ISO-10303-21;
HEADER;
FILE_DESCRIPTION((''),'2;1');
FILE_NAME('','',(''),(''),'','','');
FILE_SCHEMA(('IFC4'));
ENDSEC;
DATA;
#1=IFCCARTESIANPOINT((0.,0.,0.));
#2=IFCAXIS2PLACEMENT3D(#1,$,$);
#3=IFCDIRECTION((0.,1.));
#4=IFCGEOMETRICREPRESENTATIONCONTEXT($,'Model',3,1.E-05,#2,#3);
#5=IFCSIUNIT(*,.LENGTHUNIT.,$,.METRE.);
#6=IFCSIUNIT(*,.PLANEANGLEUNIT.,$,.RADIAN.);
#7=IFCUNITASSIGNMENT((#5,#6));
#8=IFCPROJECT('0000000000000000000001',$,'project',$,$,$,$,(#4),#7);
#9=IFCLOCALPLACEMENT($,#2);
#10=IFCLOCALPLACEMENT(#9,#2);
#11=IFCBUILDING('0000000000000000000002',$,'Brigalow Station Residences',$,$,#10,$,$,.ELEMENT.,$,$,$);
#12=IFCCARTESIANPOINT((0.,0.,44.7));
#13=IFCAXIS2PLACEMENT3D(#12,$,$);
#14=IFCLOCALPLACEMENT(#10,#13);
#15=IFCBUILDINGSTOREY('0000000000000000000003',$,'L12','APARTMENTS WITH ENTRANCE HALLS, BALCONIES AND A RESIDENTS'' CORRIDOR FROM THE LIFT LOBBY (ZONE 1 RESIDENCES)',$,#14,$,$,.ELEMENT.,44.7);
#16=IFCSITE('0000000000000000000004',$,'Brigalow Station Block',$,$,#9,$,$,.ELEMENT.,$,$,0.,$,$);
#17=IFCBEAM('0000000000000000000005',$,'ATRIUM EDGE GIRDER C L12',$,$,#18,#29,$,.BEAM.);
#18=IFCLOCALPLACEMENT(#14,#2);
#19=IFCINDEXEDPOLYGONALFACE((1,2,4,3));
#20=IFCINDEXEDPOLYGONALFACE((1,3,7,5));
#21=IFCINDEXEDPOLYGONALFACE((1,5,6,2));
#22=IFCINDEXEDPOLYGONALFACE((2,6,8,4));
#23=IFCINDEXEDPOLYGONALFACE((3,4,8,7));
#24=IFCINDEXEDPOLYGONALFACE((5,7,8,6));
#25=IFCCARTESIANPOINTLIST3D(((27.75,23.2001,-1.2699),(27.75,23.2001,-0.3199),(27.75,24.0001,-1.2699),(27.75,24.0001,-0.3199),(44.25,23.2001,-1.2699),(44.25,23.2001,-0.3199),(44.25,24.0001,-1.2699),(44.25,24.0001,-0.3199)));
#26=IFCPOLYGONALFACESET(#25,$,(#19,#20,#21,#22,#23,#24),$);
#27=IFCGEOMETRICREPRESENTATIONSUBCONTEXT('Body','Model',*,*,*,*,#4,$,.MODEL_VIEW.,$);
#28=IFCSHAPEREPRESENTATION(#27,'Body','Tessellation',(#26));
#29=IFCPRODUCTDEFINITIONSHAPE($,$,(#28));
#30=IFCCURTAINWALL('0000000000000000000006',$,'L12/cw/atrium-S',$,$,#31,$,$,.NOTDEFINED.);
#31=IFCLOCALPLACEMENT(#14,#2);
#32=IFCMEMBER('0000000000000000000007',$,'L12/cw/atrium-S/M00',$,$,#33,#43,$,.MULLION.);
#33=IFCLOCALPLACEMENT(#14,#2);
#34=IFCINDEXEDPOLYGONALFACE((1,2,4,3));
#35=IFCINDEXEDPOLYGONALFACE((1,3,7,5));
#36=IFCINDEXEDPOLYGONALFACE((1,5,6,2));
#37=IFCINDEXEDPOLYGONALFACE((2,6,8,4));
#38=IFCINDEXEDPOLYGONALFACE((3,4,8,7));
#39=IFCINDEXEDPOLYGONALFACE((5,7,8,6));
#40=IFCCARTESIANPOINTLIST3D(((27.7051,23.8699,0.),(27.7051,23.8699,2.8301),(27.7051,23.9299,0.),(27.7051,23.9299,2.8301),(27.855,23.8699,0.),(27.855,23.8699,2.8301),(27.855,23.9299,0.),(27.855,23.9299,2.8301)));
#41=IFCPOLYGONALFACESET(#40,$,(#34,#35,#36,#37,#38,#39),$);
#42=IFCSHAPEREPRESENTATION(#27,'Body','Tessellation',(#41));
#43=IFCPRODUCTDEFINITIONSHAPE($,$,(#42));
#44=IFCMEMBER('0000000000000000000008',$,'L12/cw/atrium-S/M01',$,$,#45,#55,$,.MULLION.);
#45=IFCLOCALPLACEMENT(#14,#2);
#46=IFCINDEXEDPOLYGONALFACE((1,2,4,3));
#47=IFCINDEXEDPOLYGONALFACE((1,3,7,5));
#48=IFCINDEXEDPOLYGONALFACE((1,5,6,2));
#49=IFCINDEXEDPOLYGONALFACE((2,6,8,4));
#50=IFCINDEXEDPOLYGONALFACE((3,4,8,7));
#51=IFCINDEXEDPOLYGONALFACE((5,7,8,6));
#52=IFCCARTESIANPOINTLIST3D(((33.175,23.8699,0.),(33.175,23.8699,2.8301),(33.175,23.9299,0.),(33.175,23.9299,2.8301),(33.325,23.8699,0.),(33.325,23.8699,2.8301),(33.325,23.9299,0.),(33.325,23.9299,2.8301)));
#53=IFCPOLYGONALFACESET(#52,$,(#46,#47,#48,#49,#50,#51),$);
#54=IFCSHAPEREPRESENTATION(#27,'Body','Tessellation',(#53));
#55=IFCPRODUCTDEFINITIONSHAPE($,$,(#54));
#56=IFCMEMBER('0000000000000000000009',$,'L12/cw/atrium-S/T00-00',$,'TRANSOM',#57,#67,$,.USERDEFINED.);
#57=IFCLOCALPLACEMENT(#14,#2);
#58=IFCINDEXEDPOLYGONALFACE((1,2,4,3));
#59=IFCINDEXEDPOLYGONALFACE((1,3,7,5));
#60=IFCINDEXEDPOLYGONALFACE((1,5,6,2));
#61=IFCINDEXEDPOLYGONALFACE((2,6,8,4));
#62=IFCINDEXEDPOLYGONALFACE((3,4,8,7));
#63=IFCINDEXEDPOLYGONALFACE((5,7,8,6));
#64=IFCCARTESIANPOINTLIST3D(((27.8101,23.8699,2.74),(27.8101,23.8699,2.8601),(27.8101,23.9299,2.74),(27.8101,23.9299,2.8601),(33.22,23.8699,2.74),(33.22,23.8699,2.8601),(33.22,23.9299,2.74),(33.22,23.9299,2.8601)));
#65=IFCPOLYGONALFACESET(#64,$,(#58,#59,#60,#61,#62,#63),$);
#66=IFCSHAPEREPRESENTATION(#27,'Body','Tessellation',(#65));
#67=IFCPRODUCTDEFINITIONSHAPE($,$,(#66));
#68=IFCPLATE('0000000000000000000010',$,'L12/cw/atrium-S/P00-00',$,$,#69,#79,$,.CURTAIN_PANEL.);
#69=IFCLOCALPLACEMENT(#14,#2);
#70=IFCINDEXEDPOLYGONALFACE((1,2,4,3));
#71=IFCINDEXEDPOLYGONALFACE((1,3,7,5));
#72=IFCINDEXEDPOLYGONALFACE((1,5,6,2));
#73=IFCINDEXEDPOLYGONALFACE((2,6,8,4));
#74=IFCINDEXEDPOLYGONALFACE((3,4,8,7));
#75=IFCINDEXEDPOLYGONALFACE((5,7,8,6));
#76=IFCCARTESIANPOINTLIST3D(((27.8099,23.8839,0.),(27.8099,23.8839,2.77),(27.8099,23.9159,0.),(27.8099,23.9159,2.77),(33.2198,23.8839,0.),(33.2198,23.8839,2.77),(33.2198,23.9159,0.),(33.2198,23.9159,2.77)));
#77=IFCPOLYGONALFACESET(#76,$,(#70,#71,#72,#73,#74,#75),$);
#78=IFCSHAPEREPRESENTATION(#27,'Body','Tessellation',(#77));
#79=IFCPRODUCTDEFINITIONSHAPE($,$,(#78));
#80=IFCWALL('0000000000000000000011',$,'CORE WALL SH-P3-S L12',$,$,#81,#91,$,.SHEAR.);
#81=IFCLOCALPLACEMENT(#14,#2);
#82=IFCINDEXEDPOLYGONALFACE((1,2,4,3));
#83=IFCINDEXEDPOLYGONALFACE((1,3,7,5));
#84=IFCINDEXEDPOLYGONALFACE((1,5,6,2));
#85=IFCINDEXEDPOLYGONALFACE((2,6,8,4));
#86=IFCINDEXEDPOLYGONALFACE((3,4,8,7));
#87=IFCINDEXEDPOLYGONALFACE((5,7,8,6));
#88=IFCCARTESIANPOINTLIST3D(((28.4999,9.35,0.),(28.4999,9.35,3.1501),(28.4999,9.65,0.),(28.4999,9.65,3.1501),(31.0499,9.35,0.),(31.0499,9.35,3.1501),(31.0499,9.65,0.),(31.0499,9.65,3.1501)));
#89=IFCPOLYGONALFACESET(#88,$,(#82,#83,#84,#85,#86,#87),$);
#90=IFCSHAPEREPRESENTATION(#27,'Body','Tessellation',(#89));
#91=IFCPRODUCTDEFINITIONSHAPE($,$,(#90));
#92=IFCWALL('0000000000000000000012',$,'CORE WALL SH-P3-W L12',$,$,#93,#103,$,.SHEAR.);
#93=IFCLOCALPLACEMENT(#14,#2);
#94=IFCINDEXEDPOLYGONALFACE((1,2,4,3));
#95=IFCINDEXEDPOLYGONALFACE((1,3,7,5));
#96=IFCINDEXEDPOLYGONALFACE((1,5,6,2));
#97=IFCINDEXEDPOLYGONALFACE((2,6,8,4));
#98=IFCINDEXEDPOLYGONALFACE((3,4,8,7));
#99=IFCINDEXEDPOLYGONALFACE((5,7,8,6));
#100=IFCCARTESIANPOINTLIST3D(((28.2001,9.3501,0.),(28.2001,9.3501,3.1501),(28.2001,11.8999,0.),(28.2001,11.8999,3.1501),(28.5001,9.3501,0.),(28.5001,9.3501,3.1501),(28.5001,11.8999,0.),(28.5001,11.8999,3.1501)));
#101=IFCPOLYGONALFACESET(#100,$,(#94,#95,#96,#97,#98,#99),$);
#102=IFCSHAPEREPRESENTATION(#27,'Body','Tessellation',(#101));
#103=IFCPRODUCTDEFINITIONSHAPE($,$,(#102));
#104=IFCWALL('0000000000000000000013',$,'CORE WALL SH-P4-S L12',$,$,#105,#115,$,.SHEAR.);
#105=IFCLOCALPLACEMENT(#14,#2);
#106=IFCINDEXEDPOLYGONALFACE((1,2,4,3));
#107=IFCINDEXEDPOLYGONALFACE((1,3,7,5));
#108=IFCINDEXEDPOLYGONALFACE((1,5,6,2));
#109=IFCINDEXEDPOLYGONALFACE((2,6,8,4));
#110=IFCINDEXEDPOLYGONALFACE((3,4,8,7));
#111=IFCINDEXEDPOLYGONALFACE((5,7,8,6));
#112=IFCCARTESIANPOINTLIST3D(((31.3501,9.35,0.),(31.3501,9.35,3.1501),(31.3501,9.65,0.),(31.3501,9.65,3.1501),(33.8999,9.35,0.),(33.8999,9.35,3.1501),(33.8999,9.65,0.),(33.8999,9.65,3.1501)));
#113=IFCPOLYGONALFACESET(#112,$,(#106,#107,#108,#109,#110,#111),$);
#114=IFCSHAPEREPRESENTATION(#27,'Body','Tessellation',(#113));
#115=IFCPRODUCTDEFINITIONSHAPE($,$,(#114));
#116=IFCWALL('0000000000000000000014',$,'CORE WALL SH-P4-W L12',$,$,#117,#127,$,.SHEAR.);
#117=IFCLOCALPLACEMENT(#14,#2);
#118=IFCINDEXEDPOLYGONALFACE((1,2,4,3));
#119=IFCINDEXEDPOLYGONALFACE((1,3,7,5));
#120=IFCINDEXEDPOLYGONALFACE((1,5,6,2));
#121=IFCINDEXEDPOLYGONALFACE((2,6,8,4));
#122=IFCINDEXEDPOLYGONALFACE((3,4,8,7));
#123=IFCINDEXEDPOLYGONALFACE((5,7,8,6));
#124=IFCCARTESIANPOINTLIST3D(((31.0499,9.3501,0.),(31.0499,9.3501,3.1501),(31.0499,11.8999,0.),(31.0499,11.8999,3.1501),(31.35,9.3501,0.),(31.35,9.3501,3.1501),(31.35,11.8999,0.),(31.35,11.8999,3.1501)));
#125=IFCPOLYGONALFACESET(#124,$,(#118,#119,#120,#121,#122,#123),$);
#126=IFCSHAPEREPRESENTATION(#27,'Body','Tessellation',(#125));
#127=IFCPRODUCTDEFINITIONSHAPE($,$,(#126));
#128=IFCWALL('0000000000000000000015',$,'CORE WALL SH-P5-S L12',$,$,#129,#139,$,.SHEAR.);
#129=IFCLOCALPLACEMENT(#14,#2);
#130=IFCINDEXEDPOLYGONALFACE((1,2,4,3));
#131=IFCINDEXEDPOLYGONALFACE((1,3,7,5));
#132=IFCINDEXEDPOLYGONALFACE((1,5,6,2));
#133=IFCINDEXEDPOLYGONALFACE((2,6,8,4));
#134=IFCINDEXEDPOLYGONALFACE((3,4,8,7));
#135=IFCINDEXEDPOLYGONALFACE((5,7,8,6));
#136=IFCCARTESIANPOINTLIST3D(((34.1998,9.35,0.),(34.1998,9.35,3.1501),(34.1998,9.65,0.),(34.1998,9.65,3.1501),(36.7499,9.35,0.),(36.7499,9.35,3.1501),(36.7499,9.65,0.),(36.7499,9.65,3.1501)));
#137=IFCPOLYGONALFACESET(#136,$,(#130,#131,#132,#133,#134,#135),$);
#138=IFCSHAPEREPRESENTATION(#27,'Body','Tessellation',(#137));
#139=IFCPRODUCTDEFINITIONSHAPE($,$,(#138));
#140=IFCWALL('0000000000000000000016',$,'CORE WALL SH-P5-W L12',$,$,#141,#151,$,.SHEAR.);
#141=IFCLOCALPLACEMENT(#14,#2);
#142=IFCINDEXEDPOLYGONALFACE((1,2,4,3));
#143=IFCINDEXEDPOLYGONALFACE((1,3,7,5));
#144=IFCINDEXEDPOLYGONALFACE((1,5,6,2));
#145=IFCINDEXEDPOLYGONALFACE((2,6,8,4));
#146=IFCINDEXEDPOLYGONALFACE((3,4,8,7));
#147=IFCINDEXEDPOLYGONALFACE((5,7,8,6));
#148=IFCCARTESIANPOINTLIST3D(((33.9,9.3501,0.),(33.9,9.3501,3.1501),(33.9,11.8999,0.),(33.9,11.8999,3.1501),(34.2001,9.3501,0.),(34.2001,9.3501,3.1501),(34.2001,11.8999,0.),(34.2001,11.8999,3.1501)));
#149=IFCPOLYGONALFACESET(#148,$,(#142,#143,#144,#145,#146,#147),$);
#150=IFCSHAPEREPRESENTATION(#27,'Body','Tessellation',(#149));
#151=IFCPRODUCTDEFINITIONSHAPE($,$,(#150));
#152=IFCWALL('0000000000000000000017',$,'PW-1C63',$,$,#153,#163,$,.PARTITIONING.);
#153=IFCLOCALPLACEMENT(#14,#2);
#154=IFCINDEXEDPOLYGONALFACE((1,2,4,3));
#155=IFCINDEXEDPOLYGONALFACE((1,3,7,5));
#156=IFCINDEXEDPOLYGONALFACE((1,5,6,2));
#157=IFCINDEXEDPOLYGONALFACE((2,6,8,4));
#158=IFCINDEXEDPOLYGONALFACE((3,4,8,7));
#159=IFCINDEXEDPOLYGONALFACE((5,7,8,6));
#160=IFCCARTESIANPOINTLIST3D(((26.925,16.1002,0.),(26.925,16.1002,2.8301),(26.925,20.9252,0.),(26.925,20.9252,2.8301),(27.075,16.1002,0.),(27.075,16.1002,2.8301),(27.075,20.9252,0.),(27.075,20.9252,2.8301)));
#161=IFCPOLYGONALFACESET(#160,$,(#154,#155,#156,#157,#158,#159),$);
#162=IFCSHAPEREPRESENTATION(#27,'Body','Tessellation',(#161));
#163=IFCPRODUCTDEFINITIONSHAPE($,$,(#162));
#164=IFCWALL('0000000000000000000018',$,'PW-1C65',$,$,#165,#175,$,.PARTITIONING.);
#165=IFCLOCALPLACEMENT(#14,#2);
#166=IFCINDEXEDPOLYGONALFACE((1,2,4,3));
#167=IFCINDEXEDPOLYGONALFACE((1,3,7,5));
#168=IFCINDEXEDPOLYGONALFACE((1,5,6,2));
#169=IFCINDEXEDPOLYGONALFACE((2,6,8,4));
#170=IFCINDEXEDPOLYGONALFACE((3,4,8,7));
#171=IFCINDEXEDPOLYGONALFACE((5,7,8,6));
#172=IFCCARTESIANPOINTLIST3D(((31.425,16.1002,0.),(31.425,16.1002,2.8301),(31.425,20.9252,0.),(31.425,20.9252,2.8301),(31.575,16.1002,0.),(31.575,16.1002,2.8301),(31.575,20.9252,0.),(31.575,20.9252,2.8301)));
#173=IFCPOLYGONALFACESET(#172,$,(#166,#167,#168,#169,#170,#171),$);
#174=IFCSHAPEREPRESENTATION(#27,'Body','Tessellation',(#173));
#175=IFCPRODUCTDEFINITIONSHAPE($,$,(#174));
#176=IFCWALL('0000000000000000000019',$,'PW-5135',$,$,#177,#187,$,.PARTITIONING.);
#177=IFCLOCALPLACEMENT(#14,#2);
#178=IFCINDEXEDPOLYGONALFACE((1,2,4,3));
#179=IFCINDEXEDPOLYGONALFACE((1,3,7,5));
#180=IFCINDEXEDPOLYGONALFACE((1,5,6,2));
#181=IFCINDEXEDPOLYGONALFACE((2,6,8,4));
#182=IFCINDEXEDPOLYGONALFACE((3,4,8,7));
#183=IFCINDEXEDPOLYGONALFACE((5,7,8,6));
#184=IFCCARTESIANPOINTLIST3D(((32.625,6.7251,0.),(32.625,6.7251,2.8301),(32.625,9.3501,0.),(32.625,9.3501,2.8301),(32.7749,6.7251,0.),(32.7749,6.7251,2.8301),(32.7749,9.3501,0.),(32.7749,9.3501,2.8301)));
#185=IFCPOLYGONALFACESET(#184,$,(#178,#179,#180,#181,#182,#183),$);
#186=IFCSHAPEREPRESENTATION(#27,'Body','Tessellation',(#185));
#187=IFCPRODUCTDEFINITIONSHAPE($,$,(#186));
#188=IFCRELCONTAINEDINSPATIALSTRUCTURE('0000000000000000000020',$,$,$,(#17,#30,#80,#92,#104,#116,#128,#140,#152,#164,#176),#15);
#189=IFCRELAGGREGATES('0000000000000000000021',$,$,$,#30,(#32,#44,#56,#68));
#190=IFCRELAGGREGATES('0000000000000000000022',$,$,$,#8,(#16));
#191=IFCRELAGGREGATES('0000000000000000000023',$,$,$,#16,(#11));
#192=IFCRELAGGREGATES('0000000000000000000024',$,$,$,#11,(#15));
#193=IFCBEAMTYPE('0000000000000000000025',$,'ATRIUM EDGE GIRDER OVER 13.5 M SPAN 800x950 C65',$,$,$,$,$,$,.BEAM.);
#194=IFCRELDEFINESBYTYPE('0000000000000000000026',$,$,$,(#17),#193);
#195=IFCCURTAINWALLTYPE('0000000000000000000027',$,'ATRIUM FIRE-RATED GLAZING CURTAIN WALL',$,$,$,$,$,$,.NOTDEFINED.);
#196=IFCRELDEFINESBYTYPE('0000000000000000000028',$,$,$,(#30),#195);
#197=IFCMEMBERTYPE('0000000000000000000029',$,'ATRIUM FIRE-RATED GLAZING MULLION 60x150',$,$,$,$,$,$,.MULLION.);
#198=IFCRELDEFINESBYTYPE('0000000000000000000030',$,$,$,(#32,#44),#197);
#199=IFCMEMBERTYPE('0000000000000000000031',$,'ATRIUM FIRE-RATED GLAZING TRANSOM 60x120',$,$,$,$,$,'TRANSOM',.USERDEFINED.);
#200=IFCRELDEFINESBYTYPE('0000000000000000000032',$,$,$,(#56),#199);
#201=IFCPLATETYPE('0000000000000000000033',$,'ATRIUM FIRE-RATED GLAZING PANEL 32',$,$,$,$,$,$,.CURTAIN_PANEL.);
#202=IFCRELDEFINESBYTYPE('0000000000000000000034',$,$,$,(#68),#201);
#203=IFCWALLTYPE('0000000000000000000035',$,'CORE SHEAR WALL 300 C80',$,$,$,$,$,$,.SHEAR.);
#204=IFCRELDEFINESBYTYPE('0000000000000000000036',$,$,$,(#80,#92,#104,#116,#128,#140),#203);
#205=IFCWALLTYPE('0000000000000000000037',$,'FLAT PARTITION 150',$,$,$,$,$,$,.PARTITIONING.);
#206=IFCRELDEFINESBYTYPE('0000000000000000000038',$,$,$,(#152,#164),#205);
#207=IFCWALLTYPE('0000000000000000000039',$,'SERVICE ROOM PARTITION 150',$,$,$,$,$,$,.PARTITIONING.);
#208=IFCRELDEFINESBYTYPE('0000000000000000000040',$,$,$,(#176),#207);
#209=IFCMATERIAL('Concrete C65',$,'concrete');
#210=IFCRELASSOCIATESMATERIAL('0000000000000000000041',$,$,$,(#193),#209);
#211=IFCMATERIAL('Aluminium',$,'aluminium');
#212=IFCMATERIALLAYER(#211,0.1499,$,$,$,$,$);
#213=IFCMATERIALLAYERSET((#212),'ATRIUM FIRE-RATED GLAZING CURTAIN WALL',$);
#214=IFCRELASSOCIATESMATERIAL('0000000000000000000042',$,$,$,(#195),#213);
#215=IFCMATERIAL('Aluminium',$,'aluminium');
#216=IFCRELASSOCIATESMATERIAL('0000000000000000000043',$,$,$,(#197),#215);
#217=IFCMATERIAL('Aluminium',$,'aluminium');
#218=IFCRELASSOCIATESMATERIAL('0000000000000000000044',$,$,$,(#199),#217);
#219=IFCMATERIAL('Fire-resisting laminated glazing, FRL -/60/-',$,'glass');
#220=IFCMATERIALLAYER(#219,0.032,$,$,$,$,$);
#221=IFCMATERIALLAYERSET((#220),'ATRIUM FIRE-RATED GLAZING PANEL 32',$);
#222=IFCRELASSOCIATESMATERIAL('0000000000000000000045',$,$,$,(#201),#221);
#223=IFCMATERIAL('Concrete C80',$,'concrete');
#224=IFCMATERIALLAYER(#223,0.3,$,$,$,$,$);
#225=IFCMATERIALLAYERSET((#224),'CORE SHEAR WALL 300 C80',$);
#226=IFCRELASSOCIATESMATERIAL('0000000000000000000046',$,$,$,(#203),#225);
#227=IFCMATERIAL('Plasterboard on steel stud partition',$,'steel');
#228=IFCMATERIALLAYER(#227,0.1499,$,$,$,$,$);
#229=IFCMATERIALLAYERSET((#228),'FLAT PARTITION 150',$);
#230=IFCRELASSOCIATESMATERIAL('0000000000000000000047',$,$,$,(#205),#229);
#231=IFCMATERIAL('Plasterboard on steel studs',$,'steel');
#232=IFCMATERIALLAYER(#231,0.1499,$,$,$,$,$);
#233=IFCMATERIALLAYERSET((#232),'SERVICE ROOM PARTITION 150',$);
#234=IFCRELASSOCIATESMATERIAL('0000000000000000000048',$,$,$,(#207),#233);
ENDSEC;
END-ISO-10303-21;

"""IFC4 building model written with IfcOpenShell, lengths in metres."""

from ifc_helpers import new_model, si_unit, direction, frame, frame_2d, origin, origin_2d, place, context, subcontext, project, spatial, rectangle, extrude, material, layer, layer_set, material_profile, profile_set, type_object, element, aggregate, save


model = new_model("IFC4")

# Units and contexts
model_context = context("Model", 3, precision=1e-05, world=origin(), true_north=direction((0.0, 1.0)))
body_context = subcontext(model_context, "Body", "Model", "MODEL_VIEW")
ifc_project = project(units=[si_unit("LENGTHUNIT", "METRE"), si_unit("PLANEANGLEUNIT", "RADIAN")], contexts=[model_context])

# Site, building, storey
site_placement = place(None, origin())
site = spatial("IfcSite", under=ifc_project, at=site_placement, Name="Brigalow Station Block", CompositionType="ELEMENT", RefElevation=0.0)
building_placement = place(site_placement, origin())
building = spatial("IfcBuilding", under=site, at=building_placement, Name="Brigalow Station Residences", CompositionType="ELEMENT")
storey_placement = place(building_placement, frame((0.0, 0.0, 44.7)))
storey = spatial("IfcBuildingStorey", under=building, at=storey_placement, Name="L12", Description="APARTMENTS WITH ENTRANCE HALLS, BALCONIES AND A RESIDENTS' CORRIDOR FROM THE LIFT LOBBY (ZONE 1 RESIDENCES)", CompositionType="ELEMENT", Elevation=44.7)

# Beam
ifc_material_1 = material(Name="Concrete C65", Category="concrete")
ifc_material_profile_1 = material_profile(ifc_material_1, rectangle(XDim=0.8, YDim=0.95, at=origin_2d()), Name="RC800x950")
ifc_profile_set_1 = profile_set([ifc_material_profile_1], Name="Concrete C65")
beam_type = type_object("IfcBeamType", Name="ATRIUM EDGE GIRDER OVER 13.5 M SPAN 800x950 C65", PredefinedType="BEAM", material=ifc_profile_set_1)
beam_placement = place(storey_placement, frame((27.75, 23.6001, -0.7949), z_axis=(1.0, 0.0, 0.0), x_axis=(0.0, 1.0, 0.0)))
element("IfcBeam", 1, at=beam_placement, inside=storey, type_object=beam_type, Name="ATRIUM EDGE GIRDER C L12", PredefinedType="BEAM", context=body_context, shape_type="SweptSolid", body=[
    extrude(rectangle(XDim=0.8, YDim=0.95, at=origin_2d()), origin(), (0.0, 0.0, 1.0), 16.5),
])

# Curtain wall, members, plate
ifc_material_2 = material(Name="Aluminium", Category="aluminium")
ifc_layer_1 = layer(ifc_material_2, 0.1499)
ifc_layer_set_1 = layer_set([ifc_layer_1], Name="ATRIUM FIRE-RATED GLAZING CURTAIN WALL")
curtain_wall_type = type_object("IfcCurtainWallType", Name="ATRIUM FIRE-RATED GLAZING CURTAIN WALL", PredefinedType="NOTDEFINED", material=ifc_layer_set_1)
curtain_wall_placement = place(storey_placement, origin())
curtain_wall = element("IfcCurtainWall", 2, at=curtain_wall_placement, inside=storey, type_object=curtain_wall_type, Name="L12/cw/atrium-S", PredefinedType="NOTDEFINED")
ifc_material_3 = material(Name="Aluminium", Category="aluminium")
ifc_material_profile_2 = material_profile(ifc_material_3, rectangle(XDim=0.0601, YDim=0.1499, at=origin_2d()), Name="ATRIUM FIRE-RATED GLAZING MULLION 60x150")
ifc_profile_set_2 = profile_set([ifc_material_profile_2], Name="Aluminium")
member_type_1 = type_object("IfcMemberType", Name="ATRIUM FIRE-RATED GLAZING MULLION 60x150", PredefinedType="MULLION", material=ifc_profile_set_2)
member_1_placement = place(storey_placement, frame((27.78, 23.8999, 0.0), z_axis=(0.0, 0.0, 1.0), x_axis=(0.0, 1.0, 0.0)))
member_1 = element("IfcMember", 3, at=member_1_placement, type_object=member_type_1, Name="L12/cw/atrium-S/M00", PredefinedType="MULLION", context=body_context, shape_type="SweptSolid", body=[
    extrude(rectangle(XDim=0.0601, YDim=0.1499, at=origin_2d()), origin(), (0.0, 0.0, 1.0), 2.8301),
])
member_2_placement = place(storey_placement, frame((33.25, 23.8999, 0.0), z_axis=(0.0, 0.0, 1.0), x_axis=(0.0, 1.0, 0.0)))
member_2 = element("IfcMember", 4, at=member_2_placement, type_object=member_type_1, Name="L12/cw/atrium-S/M01", PredefinedType="MULLION", context=body_context, shape_type="SweptSolid", body=[
    extrude(rectangle(XDim=0.0601, YDim=0.1499, at=origin_2d()), origin(), (0.0, 0.0, 1.0), 2.8301),
])
ifc_material_4 = material(Name="Aluminium", Category="aluminium")
ifc_material_profile_3 = material_profile(ifc_material_4, rectangle(XDim=0.0601, YDim=0.1201, at=origin_2d()), Name="ATRIUM FIRE-RATED GLAZING TRANSOM 60x120")
ifc_profile_set_3 = profile_set([ifc_material_profile_3], Name="Aluminium")
member_type_2 = type_object("IfcMemberType", Name="ATRIUM FIRE-RATED GLAZING TRANSOM 60x120", ElementType="TRANSOM", PredefinedType="USERDEFINED", material=ifc_profile_set_3)
member_3_placement = place(storey_placement, frame((27.8101, 23.8999, 2.8), z_axis=(1.0, 0.0, 0.0), x_axis=(0.0, 1.0, 0.0)))
member_3 = element("IfcMember", 5, at=member_3_placement, type_object=member_type_2, Name="L12/cw/atrium-S/T00-00", ObjectType="TRANSOM", PredefinedType="USERDEFINED", context=body_context, shape_type="SweptSolid", body=[
    extrude(rectangle(XDim=0.0601, YDim=0.1201, at=origin_2d()), origin(), (0.0, 0.0, 1.0), 5.4099),
])
ifc_material_5 = material(Name="Fire-resisting laminated glazing, FRL -/60/-", Category="glass")
ifc_layer_2 = layer(ifc_material_5, 0.032)
ifc_layer_set_2 = layer_set([ifc_layer_2], Name="ATRIUM FIRE-RATED GLAZING PANEL 32")
plate_type = type_object("IfcPlateType", Name="ATRIUM FIRE-RATED GLAZING PANEL 32", PredefinedType="CURTAIN_PANEL", material=ifc_layer_set_2)
plate_placement = place(storey_placement, frame((30.5149, 23.8999, 0.0), z_axis=(0.0, 0.0, 1.0), x_axis=(1.0, 0.0, 0.0)))
plate = element("IfcPlate", 6, at=plate_placement, type_object=plate_type, Name="L12/cw/atrium-S/P00-00", PredefinedType="CURTAIN_PANEL", context=body_context, shape_type="SweptSolid", body=[
    extrude(rectangle(XDim=5.4099, YDim=0.032, at=origin_2d()), origin(), (0.0, 0.0, 1.0), 2.77),
])
aggregate(curtain_wall, [member_1, member_2, member_3, plate])

# Walls
ifc_material_6 = material(Name="Concrete C80", Category="concrete")
ifc_layer_3 = layer(ifc_material_6, 0.3)
ifc_layer_set_3 = layer_set([ifc_layer_3], Name="CORE SHEAR WALL 300 C80")
wall_type_1 = type_object("IfcWallType", Name="CORE SHEAR WALL 300 C80", PredefinedType="SHEAR", material=ifc_layer_set_3)
wall_1_placement = place(storey_placement, frame((28.5, 9.5, 0.0), z_axis=(0.0, 0.0, 1.0), x_axis=(1.0, 0.0, 0.0)))
element("IfcWall", 7, at=wall_1_placement, inside=storey, type_object=wall_type_1, Name="CORE WALL SH-P3-S L12", PredefinedType="SHEAR", context=body_context, shape_type="SweptSolid", body=[
    extrude(rectangle(XDim=2.55, YDim=0.3, at=frame_2d((1.2749, 0.0))), origin(), (0.0, 0.0, 1.0), 3.1501),
])
for number, where, z_axis, x_axis, name in (
    (8, (28.3501, 9.3501, 0.0), (0.0, 0.0, 1.0), (0.0, 1.0, 0.0), "CORE WALL SH-P3-W L12"),
    (9, (31.3501, 9.5, 0.0), (0.0, 0.0, 1.0), (1.0, 0.0, 0.0), "CORE WALL SH-P4-S L12"),
    (10, (31.2, 9.3501, 0.0), (0.0, 0.0, 1.0), (0.0, 1.0, 0.0), "CORE WALL SH-P4-W L12"),
):
    element("IfcWall", number, at=place(storey_placement, frame(where, z_axis=z_axis, x_axis=x_axis)), inside=storey, type_object=wall_type_1, Name=name, PredefinedType="SHEAR", context=body_context, shape_type="SweptSolid", body=[
        extrude(rectangle(XDim=2.5498, YDim=0.3, at=frame_2d((1.2749, 0.0))), origin(), (0.0, 0.0, 1.0), 3.1501),
    ])
wall_2_placement = place(storey_placement, frame((34.2, 9.5, 0.0), z_axis=(0.0, 0.0, 1.0), x_axis=(1.0, 0.0, 0.0)))
element("IfcWall", 11, at=wall_2_placement, inside=storey, type_object=wall_type_1, Name="CORE WALL SH-P5-S L12", PredefinedType="SHEAR", context=body_context, shape_type="SweptSolid", body=[
    extrude(rectangle(XDim=2.55, YDim=0.3, at=frame_2d((1.2749, 0.0))), origin(), (0.0, 0.0, 1.0), 3.1501),
])
wall_3_placement = place(storey_placement, frame((34.05, 9.3501, 0.0), z_axis=(0.0, 0.0, 1.0), x_axis=(0.0, 1.0, 0.0)))
element("IfcWall", 12, at=wall_3_placement, inside=storey, type_object=wall_type_1, Name="CORE WALL SH-P5-W L12", PredefinedType="SHEAR", context=body_context, shape_type="SweptSolid", body=[
    extrude(rectangle(XDim=2.5498, YDim=0.3, at=frame_2d((1.2749, 0.0))), origin(), (0.0, 0.0, 1.0), 3.1501),
])
ifc_material_7 = material(Name="Plasterboard on steel stud partition", Category="steel")
ifc_layer_4 = layer(ifc_material_7, 0.1499)
ifc_layer_set_4 = layer_set([ifc_layer_4], Name="FLAT PARTITION 150")
wall_type_2 = type_object("IfcWallType", Name="FLAT PARTITION 150", PredefinedType="PARTITIONING", material=ifc_layer_set_4)
for number, where, z_axis, x_axis, name in (
    (13, (27.0, 16.1001, 0.0), (0.0, 0.0, 1.0), (0.0, 1.0, 0.0), "PW-1C63"),
    (14, (31.5, 16.1001, 0.0), (0.0, 0.0, 1.0), (0.0, 1.0, 0.0), "PW-1C65"),
):
    element("IfcWall", number, at=place(storey_placement, frame(where, z_axis=z_axis, x_axis=x_axis)), inside=storey, type_object=wall_type_2, Name=name, PredefinedType="PARTITIONING", context=body_context, shape_type="SweptSolid", body=[
        extrude(rectangle(XDim=4.825, YDim=0.1499, at=frame_2d((2.4126, 0.0))), origin(), (0.0, 0.0, 1.0), 2.8301),
    ])
ifc_material_8 = material(Name="Plasterboard on steel studs", Category="steel")
ifc_layer_5 = layer(ifc_material_8, 0.1499)
ifc_layer_set_5 = layer_set([ifc_layer_5], Name="SERVICE ROOM PARTITION 150")
wall_type_3 = type_object("IfcWallType", Name="SERVICE ROOM PARTITION 150", PredefinedType="PARTITIONING", material=ifc_layer_set_5)
wall_4_placement = place(storey_placement, frame((32.7, 6.7251, 0.0), z_axis=(0.0, 0.0, 1.0), x_axis=(0.0, 1.0, 0.0)))
element("IfcWall", 15, at=wall_4_placement, inside=storey, type_object=wall_type_3, Name="PW-5135", PredefinedType="PARTITIONING", context=body_context, shape_type="SweptSolid", body=[
    extrude(rectangle(XDim=2.625, YDim=0.1499, at=frame_2d((1.3125, 0.0))), origin(), (0.0, 0.0, 1.0), 2.8301),
])

save(model, "model.ifc")
